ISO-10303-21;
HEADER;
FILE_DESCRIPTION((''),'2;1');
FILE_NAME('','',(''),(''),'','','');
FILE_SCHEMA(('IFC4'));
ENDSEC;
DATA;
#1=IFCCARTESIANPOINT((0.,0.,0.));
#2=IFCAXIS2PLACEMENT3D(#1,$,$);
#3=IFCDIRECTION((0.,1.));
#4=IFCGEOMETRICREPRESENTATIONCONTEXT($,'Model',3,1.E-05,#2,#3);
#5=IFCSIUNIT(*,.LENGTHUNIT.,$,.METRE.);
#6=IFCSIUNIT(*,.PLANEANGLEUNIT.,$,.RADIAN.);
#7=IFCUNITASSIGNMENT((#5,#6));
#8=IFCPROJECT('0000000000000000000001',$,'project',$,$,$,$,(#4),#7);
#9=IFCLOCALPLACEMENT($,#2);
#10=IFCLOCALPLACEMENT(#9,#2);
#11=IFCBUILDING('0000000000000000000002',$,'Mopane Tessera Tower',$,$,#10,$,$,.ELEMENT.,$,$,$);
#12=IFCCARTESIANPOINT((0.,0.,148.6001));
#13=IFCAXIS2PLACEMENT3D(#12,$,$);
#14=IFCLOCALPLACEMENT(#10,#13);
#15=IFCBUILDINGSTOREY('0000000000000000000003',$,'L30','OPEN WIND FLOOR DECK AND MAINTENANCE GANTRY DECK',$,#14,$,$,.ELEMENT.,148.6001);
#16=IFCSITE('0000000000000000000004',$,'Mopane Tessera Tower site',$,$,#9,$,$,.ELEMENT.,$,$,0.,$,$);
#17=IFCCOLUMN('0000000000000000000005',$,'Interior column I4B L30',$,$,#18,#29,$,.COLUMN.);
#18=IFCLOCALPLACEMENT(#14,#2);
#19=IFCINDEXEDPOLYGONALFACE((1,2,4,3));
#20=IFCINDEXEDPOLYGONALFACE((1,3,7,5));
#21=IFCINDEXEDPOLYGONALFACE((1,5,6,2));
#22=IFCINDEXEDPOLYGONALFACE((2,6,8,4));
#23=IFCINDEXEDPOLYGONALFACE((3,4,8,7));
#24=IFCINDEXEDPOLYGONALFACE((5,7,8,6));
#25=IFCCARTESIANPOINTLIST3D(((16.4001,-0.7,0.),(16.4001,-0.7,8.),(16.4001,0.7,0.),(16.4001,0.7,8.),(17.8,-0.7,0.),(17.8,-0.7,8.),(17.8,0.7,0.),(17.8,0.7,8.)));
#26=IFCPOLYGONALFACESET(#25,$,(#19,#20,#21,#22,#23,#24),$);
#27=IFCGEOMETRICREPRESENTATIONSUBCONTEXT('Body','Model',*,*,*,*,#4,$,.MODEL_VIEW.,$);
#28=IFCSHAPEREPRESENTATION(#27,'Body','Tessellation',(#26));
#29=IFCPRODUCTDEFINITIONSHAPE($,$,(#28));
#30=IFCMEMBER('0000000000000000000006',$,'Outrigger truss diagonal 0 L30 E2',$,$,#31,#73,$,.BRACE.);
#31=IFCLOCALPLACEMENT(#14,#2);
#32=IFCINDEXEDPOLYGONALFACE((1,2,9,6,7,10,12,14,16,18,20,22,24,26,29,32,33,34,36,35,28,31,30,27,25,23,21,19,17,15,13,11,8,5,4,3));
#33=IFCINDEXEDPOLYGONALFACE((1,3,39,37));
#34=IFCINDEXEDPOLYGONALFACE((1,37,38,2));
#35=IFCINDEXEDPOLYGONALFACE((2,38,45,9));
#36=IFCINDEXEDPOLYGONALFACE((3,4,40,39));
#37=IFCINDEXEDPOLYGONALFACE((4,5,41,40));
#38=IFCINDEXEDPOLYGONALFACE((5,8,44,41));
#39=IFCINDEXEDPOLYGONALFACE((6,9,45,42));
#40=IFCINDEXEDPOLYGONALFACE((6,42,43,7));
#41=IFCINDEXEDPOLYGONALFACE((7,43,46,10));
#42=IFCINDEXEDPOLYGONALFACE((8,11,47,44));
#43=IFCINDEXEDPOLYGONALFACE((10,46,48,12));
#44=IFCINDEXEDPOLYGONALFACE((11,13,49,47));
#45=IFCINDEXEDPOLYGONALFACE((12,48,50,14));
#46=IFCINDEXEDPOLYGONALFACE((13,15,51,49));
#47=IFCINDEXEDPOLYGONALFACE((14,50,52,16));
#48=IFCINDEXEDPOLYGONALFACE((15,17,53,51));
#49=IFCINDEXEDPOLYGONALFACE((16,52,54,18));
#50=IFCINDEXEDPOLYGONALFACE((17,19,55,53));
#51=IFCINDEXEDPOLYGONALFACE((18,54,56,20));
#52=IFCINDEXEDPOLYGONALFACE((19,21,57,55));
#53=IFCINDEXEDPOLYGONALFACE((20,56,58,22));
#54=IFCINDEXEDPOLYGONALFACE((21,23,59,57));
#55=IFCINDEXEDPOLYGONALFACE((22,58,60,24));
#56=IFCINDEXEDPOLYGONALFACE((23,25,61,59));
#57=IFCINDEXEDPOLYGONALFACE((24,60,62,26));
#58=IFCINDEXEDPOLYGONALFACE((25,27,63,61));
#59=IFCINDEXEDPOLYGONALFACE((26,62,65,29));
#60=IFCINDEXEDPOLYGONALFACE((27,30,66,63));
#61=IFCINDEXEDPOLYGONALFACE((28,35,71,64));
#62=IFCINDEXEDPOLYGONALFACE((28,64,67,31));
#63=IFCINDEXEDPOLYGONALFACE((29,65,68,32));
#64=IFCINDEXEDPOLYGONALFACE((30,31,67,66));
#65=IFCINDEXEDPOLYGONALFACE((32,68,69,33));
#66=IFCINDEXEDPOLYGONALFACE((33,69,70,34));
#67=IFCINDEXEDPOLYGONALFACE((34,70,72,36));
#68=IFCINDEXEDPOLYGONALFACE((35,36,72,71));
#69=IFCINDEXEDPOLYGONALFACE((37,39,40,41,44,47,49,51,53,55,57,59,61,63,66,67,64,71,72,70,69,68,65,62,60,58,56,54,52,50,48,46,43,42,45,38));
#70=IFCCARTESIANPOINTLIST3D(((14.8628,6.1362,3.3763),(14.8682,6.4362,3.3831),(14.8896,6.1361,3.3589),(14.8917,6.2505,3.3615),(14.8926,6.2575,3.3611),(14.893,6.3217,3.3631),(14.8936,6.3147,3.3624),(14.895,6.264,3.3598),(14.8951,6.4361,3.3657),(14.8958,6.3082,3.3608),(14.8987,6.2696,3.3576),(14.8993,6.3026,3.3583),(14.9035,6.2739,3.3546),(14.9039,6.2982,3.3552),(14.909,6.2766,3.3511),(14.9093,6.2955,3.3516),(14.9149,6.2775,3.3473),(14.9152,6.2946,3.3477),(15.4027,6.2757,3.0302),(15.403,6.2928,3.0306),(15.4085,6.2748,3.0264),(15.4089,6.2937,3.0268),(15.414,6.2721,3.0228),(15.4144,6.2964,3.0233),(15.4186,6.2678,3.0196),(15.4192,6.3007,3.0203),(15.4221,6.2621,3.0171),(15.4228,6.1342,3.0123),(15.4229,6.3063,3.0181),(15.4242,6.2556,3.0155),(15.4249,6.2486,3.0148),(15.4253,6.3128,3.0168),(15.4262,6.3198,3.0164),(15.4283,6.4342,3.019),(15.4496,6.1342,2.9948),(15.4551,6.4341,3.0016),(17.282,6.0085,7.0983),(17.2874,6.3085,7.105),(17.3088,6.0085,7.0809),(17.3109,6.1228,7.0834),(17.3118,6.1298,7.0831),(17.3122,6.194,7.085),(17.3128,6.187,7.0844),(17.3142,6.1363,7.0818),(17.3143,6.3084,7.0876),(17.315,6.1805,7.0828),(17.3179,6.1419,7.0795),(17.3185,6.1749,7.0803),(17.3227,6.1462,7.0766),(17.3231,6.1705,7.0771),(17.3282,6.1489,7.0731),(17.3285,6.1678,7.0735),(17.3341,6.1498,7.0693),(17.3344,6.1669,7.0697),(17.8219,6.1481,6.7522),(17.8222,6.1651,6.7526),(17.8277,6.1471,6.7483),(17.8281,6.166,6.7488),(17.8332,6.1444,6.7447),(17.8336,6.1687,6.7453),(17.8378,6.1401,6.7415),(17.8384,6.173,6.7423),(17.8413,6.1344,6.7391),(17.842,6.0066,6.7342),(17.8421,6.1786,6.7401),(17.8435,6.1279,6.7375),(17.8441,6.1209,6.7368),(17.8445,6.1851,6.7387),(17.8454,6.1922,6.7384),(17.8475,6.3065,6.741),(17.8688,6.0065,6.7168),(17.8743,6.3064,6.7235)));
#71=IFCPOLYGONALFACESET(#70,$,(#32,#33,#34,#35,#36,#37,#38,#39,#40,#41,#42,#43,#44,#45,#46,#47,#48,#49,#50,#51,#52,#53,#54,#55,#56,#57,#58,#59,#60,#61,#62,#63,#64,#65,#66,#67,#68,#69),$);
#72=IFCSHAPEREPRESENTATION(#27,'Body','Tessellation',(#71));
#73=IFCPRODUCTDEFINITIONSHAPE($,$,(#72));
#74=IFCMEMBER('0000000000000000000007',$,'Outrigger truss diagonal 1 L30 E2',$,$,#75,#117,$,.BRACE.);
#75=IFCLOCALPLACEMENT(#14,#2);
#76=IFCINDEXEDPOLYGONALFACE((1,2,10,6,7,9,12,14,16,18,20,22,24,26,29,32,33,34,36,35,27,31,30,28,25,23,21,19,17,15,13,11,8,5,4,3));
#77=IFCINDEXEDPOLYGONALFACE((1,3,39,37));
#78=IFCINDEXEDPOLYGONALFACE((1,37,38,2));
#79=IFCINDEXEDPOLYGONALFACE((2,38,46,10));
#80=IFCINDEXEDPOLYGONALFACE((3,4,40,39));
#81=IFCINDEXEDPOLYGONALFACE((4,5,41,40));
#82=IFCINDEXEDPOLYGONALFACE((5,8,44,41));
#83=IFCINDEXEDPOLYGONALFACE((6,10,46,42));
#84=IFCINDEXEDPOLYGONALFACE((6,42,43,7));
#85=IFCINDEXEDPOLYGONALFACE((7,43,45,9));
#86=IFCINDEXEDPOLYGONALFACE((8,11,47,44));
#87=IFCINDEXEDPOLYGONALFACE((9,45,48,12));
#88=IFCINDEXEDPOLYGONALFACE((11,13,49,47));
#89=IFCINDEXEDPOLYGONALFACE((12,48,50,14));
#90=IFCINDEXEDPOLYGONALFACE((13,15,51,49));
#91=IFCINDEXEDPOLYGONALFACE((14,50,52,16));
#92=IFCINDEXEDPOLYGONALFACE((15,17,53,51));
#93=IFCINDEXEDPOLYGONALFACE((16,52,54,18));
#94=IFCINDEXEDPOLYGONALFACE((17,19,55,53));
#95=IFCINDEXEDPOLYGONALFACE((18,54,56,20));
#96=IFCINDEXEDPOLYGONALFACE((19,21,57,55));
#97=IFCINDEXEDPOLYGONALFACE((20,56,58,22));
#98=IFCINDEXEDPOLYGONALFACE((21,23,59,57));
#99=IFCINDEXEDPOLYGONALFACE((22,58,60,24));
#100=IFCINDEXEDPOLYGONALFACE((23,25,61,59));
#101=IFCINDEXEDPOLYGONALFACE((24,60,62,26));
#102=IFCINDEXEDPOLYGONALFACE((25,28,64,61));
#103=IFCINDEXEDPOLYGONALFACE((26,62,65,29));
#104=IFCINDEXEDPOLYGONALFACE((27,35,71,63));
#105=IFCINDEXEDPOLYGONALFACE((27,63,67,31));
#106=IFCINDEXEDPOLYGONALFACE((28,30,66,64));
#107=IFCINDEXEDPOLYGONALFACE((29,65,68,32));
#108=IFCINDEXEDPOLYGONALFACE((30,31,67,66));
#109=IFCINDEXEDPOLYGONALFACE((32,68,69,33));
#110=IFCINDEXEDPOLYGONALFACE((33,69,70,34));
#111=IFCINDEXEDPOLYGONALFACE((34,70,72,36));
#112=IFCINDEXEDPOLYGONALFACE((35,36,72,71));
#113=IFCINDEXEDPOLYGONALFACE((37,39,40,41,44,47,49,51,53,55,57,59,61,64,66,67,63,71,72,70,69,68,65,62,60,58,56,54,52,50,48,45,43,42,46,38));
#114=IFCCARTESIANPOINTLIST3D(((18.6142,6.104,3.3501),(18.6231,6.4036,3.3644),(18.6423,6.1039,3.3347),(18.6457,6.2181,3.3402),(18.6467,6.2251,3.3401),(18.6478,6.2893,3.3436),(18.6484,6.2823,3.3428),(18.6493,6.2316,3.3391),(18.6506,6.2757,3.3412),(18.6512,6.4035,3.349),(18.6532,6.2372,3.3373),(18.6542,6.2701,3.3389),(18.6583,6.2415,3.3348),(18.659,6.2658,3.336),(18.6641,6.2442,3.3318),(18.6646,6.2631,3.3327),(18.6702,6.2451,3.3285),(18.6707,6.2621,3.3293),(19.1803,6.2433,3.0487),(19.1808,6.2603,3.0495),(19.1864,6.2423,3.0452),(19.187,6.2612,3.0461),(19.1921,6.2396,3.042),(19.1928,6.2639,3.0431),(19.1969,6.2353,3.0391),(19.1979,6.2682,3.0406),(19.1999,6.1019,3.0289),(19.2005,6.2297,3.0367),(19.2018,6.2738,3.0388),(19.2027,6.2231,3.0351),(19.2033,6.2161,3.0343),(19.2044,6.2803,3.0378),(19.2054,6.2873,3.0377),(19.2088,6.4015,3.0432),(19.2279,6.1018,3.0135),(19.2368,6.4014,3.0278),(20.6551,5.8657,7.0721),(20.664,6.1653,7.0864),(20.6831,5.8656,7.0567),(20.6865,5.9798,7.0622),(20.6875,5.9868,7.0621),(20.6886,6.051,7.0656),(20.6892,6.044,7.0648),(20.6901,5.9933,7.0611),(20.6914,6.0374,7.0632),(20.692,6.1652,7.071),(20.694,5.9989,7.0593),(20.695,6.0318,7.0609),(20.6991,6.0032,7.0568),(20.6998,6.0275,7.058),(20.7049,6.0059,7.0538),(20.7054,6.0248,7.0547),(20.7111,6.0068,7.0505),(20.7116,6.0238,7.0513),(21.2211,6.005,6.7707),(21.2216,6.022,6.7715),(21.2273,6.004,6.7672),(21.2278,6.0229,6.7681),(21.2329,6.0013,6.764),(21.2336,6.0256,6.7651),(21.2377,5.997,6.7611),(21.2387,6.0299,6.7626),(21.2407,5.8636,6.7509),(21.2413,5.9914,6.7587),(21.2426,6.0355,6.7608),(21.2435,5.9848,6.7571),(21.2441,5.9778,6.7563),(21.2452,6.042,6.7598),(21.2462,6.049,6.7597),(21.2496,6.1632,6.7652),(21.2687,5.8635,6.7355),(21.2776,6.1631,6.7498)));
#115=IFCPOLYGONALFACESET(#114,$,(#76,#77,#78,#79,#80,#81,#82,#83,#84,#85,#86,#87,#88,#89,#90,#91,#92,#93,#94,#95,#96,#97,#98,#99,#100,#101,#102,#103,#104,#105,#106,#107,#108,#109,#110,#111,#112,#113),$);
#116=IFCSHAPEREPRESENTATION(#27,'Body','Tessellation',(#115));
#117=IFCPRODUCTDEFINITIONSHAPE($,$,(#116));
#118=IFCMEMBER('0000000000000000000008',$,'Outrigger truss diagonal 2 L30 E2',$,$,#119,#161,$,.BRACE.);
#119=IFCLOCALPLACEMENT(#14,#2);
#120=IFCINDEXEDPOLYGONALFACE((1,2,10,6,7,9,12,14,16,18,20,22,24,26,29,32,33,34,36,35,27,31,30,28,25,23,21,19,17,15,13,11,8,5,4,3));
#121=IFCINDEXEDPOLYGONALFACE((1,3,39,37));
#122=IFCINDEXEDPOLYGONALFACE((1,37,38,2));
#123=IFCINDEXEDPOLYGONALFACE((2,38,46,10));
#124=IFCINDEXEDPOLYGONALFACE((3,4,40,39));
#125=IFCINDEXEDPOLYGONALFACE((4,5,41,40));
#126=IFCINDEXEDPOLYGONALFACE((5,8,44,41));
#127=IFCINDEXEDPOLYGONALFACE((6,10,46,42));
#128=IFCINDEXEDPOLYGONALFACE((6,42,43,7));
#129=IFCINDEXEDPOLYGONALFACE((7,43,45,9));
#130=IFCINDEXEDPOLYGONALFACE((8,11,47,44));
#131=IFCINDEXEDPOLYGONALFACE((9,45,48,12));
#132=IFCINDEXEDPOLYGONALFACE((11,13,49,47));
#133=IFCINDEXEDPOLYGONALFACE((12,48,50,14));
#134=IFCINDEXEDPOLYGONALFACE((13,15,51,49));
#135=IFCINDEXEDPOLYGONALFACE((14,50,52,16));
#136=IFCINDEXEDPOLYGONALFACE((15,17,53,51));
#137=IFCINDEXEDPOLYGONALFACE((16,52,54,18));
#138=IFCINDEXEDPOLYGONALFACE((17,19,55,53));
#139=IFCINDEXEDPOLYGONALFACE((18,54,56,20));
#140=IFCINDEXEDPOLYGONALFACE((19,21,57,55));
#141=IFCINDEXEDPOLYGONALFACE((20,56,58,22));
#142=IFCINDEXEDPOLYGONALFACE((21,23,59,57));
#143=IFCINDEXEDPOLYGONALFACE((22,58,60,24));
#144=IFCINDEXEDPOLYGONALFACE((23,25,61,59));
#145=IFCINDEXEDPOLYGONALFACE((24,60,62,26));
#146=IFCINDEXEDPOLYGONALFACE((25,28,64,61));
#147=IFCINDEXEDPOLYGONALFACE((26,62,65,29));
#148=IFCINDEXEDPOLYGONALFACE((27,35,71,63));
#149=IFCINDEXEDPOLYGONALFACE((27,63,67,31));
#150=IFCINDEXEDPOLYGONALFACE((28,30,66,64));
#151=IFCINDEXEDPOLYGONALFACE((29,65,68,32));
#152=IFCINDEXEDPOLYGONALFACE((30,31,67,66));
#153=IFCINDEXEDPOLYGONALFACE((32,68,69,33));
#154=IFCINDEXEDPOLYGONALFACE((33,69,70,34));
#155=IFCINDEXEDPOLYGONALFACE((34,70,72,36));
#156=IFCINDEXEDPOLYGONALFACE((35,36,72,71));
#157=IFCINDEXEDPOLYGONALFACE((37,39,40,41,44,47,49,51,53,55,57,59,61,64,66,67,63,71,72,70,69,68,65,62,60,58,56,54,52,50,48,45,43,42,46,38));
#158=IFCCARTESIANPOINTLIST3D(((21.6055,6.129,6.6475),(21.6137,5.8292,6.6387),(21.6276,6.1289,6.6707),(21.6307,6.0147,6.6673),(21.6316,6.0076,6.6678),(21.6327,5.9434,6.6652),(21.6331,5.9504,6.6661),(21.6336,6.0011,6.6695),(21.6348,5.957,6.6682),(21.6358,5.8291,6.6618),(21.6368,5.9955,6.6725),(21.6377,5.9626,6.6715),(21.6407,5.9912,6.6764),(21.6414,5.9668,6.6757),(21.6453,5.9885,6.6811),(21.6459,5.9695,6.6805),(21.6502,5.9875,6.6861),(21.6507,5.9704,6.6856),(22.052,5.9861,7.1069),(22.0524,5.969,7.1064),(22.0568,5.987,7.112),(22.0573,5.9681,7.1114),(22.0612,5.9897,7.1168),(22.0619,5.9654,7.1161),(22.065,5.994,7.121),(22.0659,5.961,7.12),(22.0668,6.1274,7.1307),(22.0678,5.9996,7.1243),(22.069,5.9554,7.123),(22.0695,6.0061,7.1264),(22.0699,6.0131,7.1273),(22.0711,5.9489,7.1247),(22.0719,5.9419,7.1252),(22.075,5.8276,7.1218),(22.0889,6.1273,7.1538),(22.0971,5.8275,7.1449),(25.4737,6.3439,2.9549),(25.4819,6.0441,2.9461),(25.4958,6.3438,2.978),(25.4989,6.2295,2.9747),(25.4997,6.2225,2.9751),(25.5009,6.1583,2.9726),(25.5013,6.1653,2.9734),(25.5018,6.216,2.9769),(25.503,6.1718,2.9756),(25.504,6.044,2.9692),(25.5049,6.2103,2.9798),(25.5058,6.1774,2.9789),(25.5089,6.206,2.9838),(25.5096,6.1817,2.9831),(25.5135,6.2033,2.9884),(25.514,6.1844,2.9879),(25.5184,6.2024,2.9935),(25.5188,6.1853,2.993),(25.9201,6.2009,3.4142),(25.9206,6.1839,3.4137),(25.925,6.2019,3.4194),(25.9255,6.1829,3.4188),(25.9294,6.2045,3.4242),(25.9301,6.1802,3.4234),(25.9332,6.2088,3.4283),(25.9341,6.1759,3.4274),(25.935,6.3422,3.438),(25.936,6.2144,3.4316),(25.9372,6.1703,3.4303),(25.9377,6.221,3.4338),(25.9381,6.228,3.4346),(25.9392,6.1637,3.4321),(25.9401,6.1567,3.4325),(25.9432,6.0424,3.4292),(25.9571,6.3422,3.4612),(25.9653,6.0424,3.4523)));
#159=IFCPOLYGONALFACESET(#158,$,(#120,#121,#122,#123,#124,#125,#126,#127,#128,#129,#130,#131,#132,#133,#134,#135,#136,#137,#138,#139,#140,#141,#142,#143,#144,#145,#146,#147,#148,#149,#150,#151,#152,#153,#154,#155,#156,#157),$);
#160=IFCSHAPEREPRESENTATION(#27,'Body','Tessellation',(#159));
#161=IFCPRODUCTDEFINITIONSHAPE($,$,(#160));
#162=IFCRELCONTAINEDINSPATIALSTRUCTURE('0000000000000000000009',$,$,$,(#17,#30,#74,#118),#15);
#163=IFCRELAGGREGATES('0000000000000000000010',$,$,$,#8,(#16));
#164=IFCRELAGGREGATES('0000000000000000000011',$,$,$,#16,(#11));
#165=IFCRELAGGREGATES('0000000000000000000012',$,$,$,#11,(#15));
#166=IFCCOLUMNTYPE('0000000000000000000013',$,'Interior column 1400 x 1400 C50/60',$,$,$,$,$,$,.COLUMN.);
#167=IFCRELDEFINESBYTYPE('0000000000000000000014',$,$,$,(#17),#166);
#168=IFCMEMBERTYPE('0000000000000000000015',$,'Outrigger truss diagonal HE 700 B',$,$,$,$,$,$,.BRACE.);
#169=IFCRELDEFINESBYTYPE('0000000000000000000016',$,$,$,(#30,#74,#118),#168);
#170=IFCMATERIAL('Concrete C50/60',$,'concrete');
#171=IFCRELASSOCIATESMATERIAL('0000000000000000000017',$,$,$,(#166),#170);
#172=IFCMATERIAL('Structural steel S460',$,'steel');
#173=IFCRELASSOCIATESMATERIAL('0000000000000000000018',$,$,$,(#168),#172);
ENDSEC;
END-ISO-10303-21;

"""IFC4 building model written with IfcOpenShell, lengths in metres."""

from ifc_helpers import new_model, si_unit, direction, frame, origin, origin_2d, place, context, subcontext, project, spatial, rectangle, i_section, extrude, material, material_profile, profile_set, type_object, element, save


model = new_model("IFC4")

# Units and contexts
model_context = context("Model", 3, precision=1e-05, world=origin(), true_north=direction((0.0, 1.0)))
body_context = subcontext(model_context, "Body", "Model", "MODEL_VIEW")
ifc_project = project(units=[si_unit("LENGTHUNIT", "METRE"), si_unit("PLANEANGLEUNIT", "RADIAN")], contexts=[model_context])

# Site, building, storey
site_placement = place(None, origin())
site = spatial("IfcSite", under=ifc_project, at=site_placement, Name="Mopane Tessera Tower site", CompositionType="ELEMENT", RefElevation=0.0)
building_placement = place(site_placement, origin())
building = spatial("IfcBuilding", under=site, at=building_placement, Name="Mopane Tessera Tower", CompositionType="ELEMENT")
storey_placement = place(building_placement, frame((0.0, 0.0, 148.6001)))
storey = spatial("IfcBuildingStorey", under=building, at=storey_placement, Name="L30", Description="OPEN WIND FLOOR DECK AND MAINTENANCE GANTRY DECK", CompositionType="ELEMENT", Elevation=148.6001)

# Column
ifc_material_1 = material(Name="Concrete C50/60", Category="concrete")
ifc_material_profile_1 = material_profile(ifc_material_1, rectangle(XDim=1.3999, YDim=1.3999, at=origin_2d()))
ifc_profile_set_1 = profile_set([ifc_material_profile_1], Name="Concrete C50/60")
column_type = type_object("IfcColumnType", Name="Interior column 1400 x 1400 C50/60", PredefinedType="COLUMN", material=ifc_profile_set_1)
column_placement = place(storey_placement, frame((17.1001, 0.0, 0.0), z_axis=(0.0, 0.0, 1.0), x_axis=(1.0, 0.0, 0.0)))
element("IfcColumn", 1, at=column_placement, inside=storey, type_object=column_type, Name="Interior column I4B L30", PredefinedType="COLUMN", context=body_context, shape_type="SweptSolid", body=[
    extrude(rectangle(XDim=1.3999, YDim=1.3999, at=origin_2d()), origin(), (0.0, 0.0, 1.0), 8.0),
])

# Members
ifc_material_2 = material(Name="Structural steel S460", Category="steel")
ifc_material_profile_2 = material_profile(ifc_material_2, i_section(OverallWidth=0.3, OverallDepth=0.7, WebThickness=0.0171, FlangeThickness=0.032, FilletRadius=0.0271, at=origin_2d()))
ifc_profile_set_2 = profile_set([ifc_material_profile_2], Name="Structural steel S460")
member_type_1 = type_object("IfcMemberType", Name="Outrigger truss diagonal HE 700 B", PredefinedType="BRACE", material=ifc_profile_set_2)
member_1_placement = place(storey_placement, frame((15.1589, 6.2852, 3.189), z_axis=(0.544753, -0.028752, 0.838103), x_axis=(0.018166, 0.999582, 0.022484)))
element("IfcMember", 2, at=member_1_placement, inside=storey, type_object=member_type_1, Name="Outrigger truss diagonal 0 L30 E2", PredefinedType="BRACE", context=body_context, shape_type="SweptSolid", body=[
    extrude(i_section(OverallWidth=0.3, OverallDepth=0.7, WebThickness=0.0171, FlangeThickness=0.032, FilletRadius=0.0271, at=origin_2d()), origin(), (0.0, 0.0, 1.0), 4.4409),
])
member_2_placement = place(storey_placement, frame((18.9255, 6.2527, 3.189), z_axis=(0.480026, -0.056048, 0.875462), x_axis=(0.029661, 0.998423, 0.047656)))
element("IfcMember", 3, at=member_2_placement, inside=storey, type_object=member_type_1, Name="Outrigger truss diagonal 1 L30 E2", PredefinedType="BRACE", context=body_context, shape_type="SweptSolid", body=[
    extrude(i_section(OverallWidth=0.3, OverallDepth=0.7, WebThickness=0.0171, FlangeThickness=0.032, FilletRadius=0.0271, at=origin_2d()), origin(), (0.0, 0.0, 1.0), 4.2515),
])
member_3_placement = place(storey_placement, frame((21.8513, 5.9783, 6.8962), z_axis=(0.722746, 0.040142, -0.689947), x_axis=(-0.027358, 0.999191, 0.029477)))
element("IfcMember", 4, at=member_3_placement, inside=storey, type_object=member_type_1, Name="Outrigger truss diagonal 2 L30 E2", PredefinedType="BRACE", context=body_context, shape_type="SweptSolid", body=[
    extrude(i_section(OverallWidth=0.3, OverallDepth=0.7, WebThickness=0.0171, FlangeThickness=0.032, FilletRadius=0.0271, at=origin_2d()), origin(), (0.0, 0.0, 1.0), 5.3521),
])

save(model, "model.ifc")
